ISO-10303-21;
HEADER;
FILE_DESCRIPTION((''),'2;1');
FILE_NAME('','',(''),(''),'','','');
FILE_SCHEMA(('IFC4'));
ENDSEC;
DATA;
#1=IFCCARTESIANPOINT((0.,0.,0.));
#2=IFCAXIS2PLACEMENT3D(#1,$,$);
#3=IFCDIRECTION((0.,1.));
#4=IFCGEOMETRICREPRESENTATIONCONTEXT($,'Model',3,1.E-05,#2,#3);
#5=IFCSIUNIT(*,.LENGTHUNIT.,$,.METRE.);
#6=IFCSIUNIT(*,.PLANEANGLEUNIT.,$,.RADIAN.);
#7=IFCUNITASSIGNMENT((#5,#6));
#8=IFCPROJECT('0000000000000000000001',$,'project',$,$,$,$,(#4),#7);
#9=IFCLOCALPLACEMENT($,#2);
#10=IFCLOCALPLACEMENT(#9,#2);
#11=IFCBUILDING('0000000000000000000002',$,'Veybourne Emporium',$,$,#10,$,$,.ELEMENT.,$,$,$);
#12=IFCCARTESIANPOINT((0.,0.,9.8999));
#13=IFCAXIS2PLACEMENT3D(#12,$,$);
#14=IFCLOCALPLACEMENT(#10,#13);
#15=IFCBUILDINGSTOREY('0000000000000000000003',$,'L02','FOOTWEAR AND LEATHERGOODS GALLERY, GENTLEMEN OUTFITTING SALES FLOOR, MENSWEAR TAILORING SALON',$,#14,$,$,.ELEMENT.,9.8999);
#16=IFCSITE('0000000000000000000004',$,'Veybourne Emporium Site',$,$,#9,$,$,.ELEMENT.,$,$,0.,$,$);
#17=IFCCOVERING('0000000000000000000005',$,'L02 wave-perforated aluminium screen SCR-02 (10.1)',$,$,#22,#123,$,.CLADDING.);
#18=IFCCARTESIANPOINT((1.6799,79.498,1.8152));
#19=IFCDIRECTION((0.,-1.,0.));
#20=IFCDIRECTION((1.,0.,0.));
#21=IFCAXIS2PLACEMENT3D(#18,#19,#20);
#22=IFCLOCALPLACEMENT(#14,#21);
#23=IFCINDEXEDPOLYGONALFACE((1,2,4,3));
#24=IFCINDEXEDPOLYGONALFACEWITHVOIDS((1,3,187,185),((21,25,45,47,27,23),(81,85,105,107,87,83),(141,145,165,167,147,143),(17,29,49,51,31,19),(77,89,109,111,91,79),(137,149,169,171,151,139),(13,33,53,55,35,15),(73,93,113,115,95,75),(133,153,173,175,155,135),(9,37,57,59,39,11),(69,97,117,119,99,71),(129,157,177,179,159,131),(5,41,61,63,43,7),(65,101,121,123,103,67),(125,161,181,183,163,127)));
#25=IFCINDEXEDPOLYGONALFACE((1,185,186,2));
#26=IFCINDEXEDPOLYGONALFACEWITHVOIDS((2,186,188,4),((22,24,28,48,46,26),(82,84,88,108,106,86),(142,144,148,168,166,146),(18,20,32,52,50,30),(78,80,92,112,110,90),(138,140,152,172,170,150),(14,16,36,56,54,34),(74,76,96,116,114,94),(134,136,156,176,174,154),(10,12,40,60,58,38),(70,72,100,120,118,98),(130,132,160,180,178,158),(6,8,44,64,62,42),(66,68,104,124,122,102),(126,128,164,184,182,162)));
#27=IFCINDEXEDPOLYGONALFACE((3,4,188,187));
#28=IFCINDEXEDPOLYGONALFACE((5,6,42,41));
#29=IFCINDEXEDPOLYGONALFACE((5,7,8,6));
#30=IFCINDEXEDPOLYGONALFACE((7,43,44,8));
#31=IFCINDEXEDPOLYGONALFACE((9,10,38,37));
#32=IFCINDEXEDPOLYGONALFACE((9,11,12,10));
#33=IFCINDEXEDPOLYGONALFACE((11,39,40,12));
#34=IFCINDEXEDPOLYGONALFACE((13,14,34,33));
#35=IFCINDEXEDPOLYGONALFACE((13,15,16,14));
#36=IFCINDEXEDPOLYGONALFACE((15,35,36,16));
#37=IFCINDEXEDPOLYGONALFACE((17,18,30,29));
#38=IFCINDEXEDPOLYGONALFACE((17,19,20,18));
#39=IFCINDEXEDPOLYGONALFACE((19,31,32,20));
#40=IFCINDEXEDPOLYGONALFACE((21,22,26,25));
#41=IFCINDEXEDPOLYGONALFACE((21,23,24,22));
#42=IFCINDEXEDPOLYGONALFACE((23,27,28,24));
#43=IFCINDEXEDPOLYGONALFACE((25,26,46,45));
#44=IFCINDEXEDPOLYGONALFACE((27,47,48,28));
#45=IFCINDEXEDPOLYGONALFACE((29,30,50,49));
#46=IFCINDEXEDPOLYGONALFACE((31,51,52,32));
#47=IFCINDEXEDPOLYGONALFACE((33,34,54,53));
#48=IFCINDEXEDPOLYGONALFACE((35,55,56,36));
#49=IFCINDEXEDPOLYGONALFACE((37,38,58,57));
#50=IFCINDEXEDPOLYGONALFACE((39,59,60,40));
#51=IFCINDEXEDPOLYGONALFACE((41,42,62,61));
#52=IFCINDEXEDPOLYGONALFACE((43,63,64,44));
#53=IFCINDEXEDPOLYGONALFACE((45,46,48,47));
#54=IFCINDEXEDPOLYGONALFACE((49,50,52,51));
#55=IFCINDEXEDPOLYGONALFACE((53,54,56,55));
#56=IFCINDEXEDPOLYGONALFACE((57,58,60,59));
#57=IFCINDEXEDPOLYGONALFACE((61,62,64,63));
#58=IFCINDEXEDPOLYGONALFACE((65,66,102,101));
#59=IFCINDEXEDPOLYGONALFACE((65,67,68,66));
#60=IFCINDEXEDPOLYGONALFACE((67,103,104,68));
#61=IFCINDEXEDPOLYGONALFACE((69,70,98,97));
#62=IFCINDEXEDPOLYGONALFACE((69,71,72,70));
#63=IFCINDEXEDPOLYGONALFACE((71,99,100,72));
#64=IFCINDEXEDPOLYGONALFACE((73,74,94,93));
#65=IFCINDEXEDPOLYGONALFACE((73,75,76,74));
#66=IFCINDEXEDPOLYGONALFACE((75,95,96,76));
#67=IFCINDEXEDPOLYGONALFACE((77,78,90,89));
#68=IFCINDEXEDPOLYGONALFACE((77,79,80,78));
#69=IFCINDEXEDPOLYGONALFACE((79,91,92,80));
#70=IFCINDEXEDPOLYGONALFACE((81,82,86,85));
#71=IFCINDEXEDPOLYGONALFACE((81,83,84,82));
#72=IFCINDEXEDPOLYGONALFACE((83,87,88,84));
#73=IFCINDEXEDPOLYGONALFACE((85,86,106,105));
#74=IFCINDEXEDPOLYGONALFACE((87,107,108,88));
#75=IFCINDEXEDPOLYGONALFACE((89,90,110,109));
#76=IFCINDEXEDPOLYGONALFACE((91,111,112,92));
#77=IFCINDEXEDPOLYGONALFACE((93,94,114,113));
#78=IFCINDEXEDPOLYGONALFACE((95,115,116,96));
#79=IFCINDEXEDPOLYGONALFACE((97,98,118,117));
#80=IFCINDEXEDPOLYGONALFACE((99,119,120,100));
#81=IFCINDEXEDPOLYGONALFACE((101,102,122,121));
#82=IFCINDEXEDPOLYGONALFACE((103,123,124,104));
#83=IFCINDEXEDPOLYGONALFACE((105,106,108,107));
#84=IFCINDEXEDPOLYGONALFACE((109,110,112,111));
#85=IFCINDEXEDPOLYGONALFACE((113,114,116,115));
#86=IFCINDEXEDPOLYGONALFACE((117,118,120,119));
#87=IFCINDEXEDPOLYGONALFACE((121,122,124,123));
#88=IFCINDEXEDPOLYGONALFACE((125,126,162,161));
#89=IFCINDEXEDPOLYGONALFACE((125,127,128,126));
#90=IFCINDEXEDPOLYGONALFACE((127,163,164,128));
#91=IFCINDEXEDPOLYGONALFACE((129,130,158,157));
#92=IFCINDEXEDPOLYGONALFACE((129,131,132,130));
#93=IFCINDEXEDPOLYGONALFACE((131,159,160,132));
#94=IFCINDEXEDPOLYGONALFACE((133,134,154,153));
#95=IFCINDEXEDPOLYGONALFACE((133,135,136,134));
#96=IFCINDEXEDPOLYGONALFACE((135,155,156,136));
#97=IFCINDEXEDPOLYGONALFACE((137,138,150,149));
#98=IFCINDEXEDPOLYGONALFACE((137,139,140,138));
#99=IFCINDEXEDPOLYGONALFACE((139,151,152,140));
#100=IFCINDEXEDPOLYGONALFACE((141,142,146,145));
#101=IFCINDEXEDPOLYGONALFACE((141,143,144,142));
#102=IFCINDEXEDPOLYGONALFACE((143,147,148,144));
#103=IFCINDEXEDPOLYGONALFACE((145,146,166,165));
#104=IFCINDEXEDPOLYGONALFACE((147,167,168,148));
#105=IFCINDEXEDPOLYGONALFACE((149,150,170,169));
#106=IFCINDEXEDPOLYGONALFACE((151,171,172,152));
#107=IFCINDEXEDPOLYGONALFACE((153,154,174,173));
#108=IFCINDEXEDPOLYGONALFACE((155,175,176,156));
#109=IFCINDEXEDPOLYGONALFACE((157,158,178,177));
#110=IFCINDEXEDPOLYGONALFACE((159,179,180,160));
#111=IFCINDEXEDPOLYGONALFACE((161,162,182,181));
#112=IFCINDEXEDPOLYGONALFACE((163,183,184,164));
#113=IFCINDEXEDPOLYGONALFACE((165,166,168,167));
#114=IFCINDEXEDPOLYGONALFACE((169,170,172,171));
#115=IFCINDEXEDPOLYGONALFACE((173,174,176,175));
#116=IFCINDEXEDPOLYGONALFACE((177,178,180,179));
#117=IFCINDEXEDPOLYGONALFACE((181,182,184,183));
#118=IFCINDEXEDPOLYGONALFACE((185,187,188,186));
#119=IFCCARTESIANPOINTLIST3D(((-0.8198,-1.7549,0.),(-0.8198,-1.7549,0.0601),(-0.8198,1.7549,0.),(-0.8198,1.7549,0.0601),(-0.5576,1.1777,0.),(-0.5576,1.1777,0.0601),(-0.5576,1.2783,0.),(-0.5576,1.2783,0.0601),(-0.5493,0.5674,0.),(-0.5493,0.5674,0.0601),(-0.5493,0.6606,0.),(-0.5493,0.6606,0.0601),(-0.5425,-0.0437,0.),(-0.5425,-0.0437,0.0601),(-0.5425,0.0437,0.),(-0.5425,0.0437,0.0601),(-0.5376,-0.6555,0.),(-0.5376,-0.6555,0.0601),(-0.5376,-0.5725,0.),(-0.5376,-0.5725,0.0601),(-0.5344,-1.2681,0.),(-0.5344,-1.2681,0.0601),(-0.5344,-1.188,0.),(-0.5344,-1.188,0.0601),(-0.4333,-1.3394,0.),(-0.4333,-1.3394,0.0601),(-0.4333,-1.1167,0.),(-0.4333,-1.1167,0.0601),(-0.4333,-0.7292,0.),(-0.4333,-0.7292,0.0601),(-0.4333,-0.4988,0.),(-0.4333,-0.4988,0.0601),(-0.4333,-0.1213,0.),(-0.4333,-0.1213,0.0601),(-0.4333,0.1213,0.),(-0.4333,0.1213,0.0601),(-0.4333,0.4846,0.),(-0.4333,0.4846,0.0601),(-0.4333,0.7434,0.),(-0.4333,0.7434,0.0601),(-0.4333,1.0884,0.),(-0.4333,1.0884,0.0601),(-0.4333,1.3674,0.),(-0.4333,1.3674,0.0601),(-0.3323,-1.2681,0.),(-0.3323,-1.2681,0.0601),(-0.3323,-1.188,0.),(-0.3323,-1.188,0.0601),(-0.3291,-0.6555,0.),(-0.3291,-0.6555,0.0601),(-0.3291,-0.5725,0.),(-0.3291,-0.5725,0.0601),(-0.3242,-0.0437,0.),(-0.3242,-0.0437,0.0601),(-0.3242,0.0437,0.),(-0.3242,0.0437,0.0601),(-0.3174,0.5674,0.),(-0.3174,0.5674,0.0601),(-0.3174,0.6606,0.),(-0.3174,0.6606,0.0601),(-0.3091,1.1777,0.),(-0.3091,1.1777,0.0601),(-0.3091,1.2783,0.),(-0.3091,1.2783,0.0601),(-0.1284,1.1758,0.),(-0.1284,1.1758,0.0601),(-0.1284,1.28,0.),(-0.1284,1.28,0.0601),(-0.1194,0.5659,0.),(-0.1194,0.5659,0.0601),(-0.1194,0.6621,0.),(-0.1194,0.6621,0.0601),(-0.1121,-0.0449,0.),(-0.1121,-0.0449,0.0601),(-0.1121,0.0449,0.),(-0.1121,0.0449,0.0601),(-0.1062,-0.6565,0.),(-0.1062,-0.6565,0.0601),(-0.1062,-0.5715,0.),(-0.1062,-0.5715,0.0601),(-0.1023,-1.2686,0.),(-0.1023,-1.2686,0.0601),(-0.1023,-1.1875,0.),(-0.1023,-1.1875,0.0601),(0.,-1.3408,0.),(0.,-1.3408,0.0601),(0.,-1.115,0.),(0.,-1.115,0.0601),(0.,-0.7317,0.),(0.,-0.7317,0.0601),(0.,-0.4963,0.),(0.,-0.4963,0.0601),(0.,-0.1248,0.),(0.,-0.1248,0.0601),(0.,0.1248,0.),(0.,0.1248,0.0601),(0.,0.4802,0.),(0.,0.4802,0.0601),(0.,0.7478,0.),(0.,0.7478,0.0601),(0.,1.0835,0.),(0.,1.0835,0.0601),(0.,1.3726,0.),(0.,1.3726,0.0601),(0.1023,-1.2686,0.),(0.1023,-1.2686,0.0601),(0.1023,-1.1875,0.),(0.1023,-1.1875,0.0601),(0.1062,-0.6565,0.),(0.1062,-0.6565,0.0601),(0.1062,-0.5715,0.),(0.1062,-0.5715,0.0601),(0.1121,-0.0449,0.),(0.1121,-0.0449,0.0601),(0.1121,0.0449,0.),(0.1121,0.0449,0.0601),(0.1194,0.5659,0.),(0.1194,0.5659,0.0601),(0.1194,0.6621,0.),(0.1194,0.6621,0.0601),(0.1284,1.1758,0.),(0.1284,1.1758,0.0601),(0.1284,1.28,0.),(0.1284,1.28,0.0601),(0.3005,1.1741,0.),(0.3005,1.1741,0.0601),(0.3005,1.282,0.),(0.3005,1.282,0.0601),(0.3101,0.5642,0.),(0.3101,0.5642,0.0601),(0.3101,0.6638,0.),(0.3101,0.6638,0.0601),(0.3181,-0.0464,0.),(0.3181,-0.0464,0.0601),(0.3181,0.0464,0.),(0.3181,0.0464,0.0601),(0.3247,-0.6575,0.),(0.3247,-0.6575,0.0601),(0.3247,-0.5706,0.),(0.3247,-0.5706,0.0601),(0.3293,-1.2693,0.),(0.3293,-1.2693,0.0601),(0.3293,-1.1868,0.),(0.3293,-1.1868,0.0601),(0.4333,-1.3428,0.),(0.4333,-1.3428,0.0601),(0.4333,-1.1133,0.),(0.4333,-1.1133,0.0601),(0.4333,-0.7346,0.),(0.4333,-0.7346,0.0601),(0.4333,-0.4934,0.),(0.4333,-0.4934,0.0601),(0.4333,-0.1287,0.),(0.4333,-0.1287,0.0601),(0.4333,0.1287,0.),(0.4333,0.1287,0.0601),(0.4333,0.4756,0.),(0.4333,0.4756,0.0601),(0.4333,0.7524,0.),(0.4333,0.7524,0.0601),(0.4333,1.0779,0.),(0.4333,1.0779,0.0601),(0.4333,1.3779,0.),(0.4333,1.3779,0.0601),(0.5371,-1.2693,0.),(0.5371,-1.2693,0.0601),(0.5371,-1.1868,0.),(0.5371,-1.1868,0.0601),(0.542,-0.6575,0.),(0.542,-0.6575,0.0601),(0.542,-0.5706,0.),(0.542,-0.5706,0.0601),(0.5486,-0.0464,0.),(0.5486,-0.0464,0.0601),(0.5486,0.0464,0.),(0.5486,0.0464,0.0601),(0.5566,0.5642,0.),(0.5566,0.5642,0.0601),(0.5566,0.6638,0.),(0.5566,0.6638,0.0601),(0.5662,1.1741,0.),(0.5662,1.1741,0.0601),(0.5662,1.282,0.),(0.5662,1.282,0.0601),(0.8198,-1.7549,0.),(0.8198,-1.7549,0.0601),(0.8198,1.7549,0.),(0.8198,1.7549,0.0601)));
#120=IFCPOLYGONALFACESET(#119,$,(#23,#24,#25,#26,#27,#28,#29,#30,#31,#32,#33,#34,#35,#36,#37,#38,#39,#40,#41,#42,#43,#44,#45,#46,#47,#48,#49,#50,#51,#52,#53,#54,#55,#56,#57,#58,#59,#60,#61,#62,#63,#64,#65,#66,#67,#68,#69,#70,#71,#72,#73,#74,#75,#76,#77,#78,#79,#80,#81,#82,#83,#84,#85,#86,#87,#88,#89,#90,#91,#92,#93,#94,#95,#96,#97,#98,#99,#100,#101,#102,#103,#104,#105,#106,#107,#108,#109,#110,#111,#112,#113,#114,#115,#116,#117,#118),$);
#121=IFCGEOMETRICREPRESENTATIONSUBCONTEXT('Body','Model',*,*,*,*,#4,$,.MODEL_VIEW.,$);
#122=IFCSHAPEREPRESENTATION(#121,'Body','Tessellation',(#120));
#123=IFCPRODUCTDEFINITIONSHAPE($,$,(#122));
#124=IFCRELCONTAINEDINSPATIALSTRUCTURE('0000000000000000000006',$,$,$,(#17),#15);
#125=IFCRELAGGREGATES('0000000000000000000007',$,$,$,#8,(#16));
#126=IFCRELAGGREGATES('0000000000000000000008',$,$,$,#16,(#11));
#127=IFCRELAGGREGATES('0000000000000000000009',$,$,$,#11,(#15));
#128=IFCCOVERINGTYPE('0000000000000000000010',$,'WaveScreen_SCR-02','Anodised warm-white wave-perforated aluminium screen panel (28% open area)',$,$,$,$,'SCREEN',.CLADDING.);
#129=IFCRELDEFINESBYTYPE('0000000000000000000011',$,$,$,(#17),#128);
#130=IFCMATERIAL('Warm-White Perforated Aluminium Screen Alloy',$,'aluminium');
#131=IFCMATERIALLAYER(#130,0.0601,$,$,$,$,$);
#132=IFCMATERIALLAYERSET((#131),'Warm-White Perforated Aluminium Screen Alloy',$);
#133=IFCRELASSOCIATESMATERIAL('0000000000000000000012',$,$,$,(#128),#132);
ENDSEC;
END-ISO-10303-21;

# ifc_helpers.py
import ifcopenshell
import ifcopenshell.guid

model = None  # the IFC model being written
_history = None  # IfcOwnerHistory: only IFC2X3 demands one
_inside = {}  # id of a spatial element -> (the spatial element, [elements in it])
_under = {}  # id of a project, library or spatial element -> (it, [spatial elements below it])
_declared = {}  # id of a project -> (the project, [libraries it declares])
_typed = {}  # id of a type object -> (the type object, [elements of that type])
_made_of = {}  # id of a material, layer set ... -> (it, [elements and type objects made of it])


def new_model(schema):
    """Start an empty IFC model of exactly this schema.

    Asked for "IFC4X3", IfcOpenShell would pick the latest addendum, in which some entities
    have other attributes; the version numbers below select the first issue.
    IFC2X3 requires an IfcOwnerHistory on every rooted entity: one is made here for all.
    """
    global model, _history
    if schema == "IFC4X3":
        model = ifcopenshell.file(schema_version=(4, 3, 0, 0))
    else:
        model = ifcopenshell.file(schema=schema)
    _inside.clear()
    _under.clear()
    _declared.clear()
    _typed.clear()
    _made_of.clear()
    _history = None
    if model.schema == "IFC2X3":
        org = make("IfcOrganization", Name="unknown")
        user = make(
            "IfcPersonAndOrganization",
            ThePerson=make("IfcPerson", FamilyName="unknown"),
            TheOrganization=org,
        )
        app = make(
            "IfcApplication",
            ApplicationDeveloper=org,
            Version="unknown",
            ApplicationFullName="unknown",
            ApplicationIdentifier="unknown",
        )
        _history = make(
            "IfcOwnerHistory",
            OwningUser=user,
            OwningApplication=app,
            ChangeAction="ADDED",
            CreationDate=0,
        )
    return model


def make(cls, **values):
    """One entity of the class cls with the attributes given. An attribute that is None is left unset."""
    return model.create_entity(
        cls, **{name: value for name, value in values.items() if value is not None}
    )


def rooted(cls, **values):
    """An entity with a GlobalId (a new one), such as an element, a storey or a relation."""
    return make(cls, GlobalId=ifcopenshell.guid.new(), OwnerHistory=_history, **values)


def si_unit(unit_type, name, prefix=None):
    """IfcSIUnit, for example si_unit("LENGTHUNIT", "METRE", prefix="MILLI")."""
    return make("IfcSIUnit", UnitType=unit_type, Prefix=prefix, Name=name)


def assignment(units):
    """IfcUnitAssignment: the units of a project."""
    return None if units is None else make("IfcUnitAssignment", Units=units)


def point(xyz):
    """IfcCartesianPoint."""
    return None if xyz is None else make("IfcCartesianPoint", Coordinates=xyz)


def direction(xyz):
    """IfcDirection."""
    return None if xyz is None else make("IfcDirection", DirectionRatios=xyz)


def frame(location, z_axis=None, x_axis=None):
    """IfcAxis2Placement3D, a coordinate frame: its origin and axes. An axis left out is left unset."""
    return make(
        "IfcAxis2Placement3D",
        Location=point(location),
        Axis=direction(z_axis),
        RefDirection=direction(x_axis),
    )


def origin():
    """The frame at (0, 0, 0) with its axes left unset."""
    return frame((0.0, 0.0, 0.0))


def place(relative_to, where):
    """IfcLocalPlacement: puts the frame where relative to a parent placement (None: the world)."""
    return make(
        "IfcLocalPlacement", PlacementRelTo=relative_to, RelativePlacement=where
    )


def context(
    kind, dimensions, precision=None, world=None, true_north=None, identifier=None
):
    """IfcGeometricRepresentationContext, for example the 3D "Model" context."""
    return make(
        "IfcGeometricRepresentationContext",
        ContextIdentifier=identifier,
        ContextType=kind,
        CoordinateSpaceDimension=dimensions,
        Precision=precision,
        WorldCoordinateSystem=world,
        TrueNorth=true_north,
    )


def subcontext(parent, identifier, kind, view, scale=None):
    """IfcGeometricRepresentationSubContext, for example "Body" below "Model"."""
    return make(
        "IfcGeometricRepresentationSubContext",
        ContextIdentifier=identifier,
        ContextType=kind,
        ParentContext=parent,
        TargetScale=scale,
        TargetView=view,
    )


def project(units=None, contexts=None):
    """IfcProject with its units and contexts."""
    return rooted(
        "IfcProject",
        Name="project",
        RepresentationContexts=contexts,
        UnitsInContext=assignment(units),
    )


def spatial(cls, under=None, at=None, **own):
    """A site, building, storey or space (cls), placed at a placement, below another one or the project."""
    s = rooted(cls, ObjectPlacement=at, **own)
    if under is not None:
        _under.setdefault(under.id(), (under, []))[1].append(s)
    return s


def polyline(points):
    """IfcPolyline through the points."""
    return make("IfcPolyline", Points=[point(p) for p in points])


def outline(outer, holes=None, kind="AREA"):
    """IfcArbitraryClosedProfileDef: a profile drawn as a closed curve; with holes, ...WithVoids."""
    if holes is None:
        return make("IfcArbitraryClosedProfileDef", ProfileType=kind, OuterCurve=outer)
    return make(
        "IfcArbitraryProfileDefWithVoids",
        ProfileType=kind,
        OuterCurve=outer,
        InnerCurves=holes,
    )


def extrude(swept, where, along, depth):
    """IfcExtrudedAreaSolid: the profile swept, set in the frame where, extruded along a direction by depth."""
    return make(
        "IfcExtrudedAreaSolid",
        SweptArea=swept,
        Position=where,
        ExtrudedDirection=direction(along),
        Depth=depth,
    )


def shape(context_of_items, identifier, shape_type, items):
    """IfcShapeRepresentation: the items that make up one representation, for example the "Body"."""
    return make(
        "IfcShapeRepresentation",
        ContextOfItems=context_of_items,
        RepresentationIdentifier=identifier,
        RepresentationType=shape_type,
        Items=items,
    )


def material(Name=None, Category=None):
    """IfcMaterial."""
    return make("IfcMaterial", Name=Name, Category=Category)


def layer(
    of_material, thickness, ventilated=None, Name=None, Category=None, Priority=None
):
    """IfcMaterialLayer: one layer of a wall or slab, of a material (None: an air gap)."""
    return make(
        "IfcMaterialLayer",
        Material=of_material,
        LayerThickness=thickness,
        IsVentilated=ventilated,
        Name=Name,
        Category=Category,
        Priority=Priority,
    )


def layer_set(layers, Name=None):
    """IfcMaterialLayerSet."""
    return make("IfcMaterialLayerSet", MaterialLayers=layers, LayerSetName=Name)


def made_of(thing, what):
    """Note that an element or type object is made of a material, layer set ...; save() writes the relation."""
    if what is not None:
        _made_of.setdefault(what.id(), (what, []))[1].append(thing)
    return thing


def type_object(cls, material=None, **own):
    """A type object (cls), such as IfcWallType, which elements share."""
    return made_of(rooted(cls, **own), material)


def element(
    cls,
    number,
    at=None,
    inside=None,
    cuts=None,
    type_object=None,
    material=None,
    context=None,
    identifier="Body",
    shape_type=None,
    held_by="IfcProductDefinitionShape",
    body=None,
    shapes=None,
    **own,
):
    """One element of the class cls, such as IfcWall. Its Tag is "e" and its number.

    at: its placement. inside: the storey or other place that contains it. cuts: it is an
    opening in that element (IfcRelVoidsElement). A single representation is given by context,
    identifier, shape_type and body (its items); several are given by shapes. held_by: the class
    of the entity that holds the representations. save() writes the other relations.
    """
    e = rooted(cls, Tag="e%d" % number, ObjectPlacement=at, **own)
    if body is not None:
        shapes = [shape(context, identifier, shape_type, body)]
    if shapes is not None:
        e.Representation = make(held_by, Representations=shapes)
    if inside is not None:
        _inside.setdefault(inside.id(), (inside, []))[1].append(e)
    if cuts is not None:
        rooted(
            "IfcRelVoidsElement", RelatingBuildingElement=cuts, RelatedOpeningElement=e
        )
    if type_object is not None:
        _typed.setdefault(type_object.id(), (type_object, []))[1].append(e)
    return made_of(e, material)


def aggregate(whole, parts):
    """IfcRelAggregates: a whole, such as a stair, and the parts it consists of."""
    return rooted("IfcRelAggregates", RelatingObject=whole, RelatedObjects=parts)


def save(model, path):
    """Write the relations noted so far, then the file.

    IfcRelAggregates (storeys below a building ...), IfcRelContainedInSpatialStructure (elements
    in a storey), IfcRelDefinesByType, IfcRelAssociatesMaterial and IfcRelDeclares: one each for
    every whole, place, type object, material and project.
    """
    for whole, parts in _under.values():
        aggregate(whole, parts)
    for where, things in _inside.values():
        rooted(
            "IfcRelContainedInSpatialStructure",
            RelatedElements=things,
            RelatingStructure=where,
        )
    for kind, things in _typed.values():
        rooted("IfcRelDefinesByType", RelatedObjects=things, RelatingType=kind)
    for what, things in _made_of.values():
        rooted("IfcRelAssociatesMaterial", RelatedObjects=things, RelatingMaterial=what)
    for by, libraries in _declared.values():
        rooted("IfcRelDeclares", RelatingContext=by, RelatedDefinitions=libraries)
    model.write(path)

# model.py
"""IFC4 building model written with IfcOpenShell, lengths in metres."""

from ifc_helpers import new_model, si_unit, direction, frame, origin, place, context, subcontext, project, spatial, polyline, outline, extrude, material, layer, layer_set, type_object, element, save


model = new_model("IFC4")

# Units and contexts
model_context = context("Model", 3, precision=1e-05, world=origin(), true_north=direction((0.0, 1.0)))
body_context = subcontext(model_context, "Body", "Model", "MODEL_VIEW")
ifc_project = project(units=[si_unit("LENGTHUNIT", "METRE"), si_unit("PLANEANGLEUNIT", "RADIAN")], contexts=[model_context])

# Site, building, storey
site_placement = place(None, origin())
site = spatial("IfcSite", under=ifc_project, at=site_placement, Name="Veybourne Emporium Site", CompositionType="ELEMENT", RefElevation=0.0)
building_placement = place(site_placement, origin())
building = spatial("IfcBuilding", under=site, at=building_placement, Name="Veybourne Emporium", CompositionType="ELEMENT")
storey_placement = place(building_placement, frame((0.0, 0.0, 9.8999)))
storey = spatial("IfcBuildingStorey", under=building, at=storey_placement, Name="L02", Description="FOOTWEAR AND LEATHERGOODS GALLERY, GENTLEMEN OUTFITTING SALES FLOOR, MENSWEAR TAILORING SALON", CompositionType="ELEMENT", Elevation=9.8999)

# Covering
ifc_material_1 = material(Name="Warm-White Perforated Aluminium Screen Alloy", Category="aluminium")
ifc_layer_1 = layer(ifc_material_1, 0.0601)
ifc_layer_set_1 = layer_set([ifc_layer_1], Name="Warm-White Perforated Aluminium Screen Alloy")
covering_type_1 = type_object("IfcCoveringType", Name="WaveScreen_SCR-02", Description="Anodised warm-white wave-perforated aluminium screen panel (28% open area)", ElementType="SCREEN", PredefinedType="CLADDING", material=ifc_layer_set_1)
covering_1_placement = place(storey_placement, frame((1.6799, 79.498, 1.8152), z_axis=(0.0, -1.0, 0.0), x_axis=(1.0, 0.0, 0.0)))
element("IfcCovering", 1, at=covering_1_placement, inside=storey, type_object=covering_type_1, Name="L02 wave-perforated aluminium screen SCR-02 (10.1)", PredefinedType="CLADDING", context=body_context, shape_type="SweptSolid", body=[
    extrude(outline(polyline([(-0.8198, -1.7549), (0.8198, -1.7549), (0.8198, 1.7549), (-0.8198, 1.7549), (-0.8198, -1.7549)]), holes=[polyline([(-0.4333, -1.1167), (-0.3323, -1.188), (-0.3323, -1.2681), (-0.4333, -1.3394), (-0.5344, -1.2681), (-0.5344, -1.188), (-0.4333, -1.1167)]), polyline([(-0.4333, -0.4988), (-0.3291, -0.5725), (-0.3291, -0.6555), (-0.4333, -0.7292), (-0.5376, -0.6555), (-0.5376, -0.5725), (-0.4333, -0.4988)]), polyline([(-0.4333, 0.1213), (-0.3242, 0.0437), (-0.3242, -0.0437), (-0.4333, -0.1213), (-0.5425, -0.0437), (-0.5425, 0.0437), (-0.4333, 0.1213)]), polyline([(-0.4333, 0.7434), (-0.3174, 0.6606), (-0.3174, 0.5674), (-0.4333, 0.4846), (-0.5493, 0.5674), (-0.5493, 0.6606), (-0.4333, 0.7434)]), polyline([(-0.4333, 1.3674), (-0.3091, 1.2783), (-0.3091, 1.1777), (-0.4333, 1.0884), (-0.5576, 1.1777), (-0.5576, 1.2783), (-0.4333, 1.3674)]), polyline([(0.0, -1.115), (0.1023, -1.1875), (0.1023, -1.2686), (0.0, -1.3408), (-0.1023, -1.2686), (-0.1023, -1.1875), (0.0, -1.115)]), polyline([(0.0, -0.4963), (0.1062, -0.5715), (0.1062, -0.6565), (0.0, -0.7317), (-0.1062, -0.6565), (-0.1062, -0.5715), (0.0, -0.4963)]), polyline([(0.0, 0.1248), (0.1121, 0.0449), (0.1121, -0.0449), (0.0, -0.1248), (-0.1121, -0.0449), (-0.1121, 0.0449), (0.0, 0.1248)]), polyline([(0.0, 0.7478), (0.1194, 0.6621), (0.1194, 0.5659), (0.0, 0.4802), (-0.1194, 0.5659), (-0.1194, 0.6621), (0.0, 0.7478)]), polyline([(0.0, 1.3726), (0.1284, 1.28), (0.1284, 1.1758), (0.0, 1.0835), (-0.1284, 1.1758), (-0.1284, 1.28), (0.0, 1.3726)]), polyline([(0.4333, -1.1133), (0.5371, -1.1868), (0.5371, -1.2693), (0.4333, -1.3428), (0.3293, -1.2693), (0.3293, -1.1868), (0.4333, -1.1133)]), polyline([(0.4333, -0.4934), (0.542, -0.5706), (0.542, -0.6575), (0.4333, -0.7346), (0.3247, -0.6575), (0.3247, -0.5706), (0.4333, -0.4934)]), polyline([(0.4333, 0.1287), (0.5486, 0.0464), (0.5486, -0.0464), (0.4333, -0.1287), (0.3181, -0.0464), (0.3181, 0.0464), (0.4333, 0.1287)]), polyline([(0.4333, 0.7524), (0.5566, 0.6638), (0.5566, 0.5642), (0.4333, 0.4756), (0.3101, 0.5642), (0.3101, 0.6638), (0.4333, 0.7524)]), polyline([(0.4333, 1.3779), (0.5662, 1.282), (0.5662, 1.1741), (0.4333, 1.0779), (0.3005, 1.1741), (0.3005, 1.282), (0.4333, 1.3779)])]), origin(), (0.0, 0.0, 1.0), 0.0601),
])

save(model, "model.ifc")
